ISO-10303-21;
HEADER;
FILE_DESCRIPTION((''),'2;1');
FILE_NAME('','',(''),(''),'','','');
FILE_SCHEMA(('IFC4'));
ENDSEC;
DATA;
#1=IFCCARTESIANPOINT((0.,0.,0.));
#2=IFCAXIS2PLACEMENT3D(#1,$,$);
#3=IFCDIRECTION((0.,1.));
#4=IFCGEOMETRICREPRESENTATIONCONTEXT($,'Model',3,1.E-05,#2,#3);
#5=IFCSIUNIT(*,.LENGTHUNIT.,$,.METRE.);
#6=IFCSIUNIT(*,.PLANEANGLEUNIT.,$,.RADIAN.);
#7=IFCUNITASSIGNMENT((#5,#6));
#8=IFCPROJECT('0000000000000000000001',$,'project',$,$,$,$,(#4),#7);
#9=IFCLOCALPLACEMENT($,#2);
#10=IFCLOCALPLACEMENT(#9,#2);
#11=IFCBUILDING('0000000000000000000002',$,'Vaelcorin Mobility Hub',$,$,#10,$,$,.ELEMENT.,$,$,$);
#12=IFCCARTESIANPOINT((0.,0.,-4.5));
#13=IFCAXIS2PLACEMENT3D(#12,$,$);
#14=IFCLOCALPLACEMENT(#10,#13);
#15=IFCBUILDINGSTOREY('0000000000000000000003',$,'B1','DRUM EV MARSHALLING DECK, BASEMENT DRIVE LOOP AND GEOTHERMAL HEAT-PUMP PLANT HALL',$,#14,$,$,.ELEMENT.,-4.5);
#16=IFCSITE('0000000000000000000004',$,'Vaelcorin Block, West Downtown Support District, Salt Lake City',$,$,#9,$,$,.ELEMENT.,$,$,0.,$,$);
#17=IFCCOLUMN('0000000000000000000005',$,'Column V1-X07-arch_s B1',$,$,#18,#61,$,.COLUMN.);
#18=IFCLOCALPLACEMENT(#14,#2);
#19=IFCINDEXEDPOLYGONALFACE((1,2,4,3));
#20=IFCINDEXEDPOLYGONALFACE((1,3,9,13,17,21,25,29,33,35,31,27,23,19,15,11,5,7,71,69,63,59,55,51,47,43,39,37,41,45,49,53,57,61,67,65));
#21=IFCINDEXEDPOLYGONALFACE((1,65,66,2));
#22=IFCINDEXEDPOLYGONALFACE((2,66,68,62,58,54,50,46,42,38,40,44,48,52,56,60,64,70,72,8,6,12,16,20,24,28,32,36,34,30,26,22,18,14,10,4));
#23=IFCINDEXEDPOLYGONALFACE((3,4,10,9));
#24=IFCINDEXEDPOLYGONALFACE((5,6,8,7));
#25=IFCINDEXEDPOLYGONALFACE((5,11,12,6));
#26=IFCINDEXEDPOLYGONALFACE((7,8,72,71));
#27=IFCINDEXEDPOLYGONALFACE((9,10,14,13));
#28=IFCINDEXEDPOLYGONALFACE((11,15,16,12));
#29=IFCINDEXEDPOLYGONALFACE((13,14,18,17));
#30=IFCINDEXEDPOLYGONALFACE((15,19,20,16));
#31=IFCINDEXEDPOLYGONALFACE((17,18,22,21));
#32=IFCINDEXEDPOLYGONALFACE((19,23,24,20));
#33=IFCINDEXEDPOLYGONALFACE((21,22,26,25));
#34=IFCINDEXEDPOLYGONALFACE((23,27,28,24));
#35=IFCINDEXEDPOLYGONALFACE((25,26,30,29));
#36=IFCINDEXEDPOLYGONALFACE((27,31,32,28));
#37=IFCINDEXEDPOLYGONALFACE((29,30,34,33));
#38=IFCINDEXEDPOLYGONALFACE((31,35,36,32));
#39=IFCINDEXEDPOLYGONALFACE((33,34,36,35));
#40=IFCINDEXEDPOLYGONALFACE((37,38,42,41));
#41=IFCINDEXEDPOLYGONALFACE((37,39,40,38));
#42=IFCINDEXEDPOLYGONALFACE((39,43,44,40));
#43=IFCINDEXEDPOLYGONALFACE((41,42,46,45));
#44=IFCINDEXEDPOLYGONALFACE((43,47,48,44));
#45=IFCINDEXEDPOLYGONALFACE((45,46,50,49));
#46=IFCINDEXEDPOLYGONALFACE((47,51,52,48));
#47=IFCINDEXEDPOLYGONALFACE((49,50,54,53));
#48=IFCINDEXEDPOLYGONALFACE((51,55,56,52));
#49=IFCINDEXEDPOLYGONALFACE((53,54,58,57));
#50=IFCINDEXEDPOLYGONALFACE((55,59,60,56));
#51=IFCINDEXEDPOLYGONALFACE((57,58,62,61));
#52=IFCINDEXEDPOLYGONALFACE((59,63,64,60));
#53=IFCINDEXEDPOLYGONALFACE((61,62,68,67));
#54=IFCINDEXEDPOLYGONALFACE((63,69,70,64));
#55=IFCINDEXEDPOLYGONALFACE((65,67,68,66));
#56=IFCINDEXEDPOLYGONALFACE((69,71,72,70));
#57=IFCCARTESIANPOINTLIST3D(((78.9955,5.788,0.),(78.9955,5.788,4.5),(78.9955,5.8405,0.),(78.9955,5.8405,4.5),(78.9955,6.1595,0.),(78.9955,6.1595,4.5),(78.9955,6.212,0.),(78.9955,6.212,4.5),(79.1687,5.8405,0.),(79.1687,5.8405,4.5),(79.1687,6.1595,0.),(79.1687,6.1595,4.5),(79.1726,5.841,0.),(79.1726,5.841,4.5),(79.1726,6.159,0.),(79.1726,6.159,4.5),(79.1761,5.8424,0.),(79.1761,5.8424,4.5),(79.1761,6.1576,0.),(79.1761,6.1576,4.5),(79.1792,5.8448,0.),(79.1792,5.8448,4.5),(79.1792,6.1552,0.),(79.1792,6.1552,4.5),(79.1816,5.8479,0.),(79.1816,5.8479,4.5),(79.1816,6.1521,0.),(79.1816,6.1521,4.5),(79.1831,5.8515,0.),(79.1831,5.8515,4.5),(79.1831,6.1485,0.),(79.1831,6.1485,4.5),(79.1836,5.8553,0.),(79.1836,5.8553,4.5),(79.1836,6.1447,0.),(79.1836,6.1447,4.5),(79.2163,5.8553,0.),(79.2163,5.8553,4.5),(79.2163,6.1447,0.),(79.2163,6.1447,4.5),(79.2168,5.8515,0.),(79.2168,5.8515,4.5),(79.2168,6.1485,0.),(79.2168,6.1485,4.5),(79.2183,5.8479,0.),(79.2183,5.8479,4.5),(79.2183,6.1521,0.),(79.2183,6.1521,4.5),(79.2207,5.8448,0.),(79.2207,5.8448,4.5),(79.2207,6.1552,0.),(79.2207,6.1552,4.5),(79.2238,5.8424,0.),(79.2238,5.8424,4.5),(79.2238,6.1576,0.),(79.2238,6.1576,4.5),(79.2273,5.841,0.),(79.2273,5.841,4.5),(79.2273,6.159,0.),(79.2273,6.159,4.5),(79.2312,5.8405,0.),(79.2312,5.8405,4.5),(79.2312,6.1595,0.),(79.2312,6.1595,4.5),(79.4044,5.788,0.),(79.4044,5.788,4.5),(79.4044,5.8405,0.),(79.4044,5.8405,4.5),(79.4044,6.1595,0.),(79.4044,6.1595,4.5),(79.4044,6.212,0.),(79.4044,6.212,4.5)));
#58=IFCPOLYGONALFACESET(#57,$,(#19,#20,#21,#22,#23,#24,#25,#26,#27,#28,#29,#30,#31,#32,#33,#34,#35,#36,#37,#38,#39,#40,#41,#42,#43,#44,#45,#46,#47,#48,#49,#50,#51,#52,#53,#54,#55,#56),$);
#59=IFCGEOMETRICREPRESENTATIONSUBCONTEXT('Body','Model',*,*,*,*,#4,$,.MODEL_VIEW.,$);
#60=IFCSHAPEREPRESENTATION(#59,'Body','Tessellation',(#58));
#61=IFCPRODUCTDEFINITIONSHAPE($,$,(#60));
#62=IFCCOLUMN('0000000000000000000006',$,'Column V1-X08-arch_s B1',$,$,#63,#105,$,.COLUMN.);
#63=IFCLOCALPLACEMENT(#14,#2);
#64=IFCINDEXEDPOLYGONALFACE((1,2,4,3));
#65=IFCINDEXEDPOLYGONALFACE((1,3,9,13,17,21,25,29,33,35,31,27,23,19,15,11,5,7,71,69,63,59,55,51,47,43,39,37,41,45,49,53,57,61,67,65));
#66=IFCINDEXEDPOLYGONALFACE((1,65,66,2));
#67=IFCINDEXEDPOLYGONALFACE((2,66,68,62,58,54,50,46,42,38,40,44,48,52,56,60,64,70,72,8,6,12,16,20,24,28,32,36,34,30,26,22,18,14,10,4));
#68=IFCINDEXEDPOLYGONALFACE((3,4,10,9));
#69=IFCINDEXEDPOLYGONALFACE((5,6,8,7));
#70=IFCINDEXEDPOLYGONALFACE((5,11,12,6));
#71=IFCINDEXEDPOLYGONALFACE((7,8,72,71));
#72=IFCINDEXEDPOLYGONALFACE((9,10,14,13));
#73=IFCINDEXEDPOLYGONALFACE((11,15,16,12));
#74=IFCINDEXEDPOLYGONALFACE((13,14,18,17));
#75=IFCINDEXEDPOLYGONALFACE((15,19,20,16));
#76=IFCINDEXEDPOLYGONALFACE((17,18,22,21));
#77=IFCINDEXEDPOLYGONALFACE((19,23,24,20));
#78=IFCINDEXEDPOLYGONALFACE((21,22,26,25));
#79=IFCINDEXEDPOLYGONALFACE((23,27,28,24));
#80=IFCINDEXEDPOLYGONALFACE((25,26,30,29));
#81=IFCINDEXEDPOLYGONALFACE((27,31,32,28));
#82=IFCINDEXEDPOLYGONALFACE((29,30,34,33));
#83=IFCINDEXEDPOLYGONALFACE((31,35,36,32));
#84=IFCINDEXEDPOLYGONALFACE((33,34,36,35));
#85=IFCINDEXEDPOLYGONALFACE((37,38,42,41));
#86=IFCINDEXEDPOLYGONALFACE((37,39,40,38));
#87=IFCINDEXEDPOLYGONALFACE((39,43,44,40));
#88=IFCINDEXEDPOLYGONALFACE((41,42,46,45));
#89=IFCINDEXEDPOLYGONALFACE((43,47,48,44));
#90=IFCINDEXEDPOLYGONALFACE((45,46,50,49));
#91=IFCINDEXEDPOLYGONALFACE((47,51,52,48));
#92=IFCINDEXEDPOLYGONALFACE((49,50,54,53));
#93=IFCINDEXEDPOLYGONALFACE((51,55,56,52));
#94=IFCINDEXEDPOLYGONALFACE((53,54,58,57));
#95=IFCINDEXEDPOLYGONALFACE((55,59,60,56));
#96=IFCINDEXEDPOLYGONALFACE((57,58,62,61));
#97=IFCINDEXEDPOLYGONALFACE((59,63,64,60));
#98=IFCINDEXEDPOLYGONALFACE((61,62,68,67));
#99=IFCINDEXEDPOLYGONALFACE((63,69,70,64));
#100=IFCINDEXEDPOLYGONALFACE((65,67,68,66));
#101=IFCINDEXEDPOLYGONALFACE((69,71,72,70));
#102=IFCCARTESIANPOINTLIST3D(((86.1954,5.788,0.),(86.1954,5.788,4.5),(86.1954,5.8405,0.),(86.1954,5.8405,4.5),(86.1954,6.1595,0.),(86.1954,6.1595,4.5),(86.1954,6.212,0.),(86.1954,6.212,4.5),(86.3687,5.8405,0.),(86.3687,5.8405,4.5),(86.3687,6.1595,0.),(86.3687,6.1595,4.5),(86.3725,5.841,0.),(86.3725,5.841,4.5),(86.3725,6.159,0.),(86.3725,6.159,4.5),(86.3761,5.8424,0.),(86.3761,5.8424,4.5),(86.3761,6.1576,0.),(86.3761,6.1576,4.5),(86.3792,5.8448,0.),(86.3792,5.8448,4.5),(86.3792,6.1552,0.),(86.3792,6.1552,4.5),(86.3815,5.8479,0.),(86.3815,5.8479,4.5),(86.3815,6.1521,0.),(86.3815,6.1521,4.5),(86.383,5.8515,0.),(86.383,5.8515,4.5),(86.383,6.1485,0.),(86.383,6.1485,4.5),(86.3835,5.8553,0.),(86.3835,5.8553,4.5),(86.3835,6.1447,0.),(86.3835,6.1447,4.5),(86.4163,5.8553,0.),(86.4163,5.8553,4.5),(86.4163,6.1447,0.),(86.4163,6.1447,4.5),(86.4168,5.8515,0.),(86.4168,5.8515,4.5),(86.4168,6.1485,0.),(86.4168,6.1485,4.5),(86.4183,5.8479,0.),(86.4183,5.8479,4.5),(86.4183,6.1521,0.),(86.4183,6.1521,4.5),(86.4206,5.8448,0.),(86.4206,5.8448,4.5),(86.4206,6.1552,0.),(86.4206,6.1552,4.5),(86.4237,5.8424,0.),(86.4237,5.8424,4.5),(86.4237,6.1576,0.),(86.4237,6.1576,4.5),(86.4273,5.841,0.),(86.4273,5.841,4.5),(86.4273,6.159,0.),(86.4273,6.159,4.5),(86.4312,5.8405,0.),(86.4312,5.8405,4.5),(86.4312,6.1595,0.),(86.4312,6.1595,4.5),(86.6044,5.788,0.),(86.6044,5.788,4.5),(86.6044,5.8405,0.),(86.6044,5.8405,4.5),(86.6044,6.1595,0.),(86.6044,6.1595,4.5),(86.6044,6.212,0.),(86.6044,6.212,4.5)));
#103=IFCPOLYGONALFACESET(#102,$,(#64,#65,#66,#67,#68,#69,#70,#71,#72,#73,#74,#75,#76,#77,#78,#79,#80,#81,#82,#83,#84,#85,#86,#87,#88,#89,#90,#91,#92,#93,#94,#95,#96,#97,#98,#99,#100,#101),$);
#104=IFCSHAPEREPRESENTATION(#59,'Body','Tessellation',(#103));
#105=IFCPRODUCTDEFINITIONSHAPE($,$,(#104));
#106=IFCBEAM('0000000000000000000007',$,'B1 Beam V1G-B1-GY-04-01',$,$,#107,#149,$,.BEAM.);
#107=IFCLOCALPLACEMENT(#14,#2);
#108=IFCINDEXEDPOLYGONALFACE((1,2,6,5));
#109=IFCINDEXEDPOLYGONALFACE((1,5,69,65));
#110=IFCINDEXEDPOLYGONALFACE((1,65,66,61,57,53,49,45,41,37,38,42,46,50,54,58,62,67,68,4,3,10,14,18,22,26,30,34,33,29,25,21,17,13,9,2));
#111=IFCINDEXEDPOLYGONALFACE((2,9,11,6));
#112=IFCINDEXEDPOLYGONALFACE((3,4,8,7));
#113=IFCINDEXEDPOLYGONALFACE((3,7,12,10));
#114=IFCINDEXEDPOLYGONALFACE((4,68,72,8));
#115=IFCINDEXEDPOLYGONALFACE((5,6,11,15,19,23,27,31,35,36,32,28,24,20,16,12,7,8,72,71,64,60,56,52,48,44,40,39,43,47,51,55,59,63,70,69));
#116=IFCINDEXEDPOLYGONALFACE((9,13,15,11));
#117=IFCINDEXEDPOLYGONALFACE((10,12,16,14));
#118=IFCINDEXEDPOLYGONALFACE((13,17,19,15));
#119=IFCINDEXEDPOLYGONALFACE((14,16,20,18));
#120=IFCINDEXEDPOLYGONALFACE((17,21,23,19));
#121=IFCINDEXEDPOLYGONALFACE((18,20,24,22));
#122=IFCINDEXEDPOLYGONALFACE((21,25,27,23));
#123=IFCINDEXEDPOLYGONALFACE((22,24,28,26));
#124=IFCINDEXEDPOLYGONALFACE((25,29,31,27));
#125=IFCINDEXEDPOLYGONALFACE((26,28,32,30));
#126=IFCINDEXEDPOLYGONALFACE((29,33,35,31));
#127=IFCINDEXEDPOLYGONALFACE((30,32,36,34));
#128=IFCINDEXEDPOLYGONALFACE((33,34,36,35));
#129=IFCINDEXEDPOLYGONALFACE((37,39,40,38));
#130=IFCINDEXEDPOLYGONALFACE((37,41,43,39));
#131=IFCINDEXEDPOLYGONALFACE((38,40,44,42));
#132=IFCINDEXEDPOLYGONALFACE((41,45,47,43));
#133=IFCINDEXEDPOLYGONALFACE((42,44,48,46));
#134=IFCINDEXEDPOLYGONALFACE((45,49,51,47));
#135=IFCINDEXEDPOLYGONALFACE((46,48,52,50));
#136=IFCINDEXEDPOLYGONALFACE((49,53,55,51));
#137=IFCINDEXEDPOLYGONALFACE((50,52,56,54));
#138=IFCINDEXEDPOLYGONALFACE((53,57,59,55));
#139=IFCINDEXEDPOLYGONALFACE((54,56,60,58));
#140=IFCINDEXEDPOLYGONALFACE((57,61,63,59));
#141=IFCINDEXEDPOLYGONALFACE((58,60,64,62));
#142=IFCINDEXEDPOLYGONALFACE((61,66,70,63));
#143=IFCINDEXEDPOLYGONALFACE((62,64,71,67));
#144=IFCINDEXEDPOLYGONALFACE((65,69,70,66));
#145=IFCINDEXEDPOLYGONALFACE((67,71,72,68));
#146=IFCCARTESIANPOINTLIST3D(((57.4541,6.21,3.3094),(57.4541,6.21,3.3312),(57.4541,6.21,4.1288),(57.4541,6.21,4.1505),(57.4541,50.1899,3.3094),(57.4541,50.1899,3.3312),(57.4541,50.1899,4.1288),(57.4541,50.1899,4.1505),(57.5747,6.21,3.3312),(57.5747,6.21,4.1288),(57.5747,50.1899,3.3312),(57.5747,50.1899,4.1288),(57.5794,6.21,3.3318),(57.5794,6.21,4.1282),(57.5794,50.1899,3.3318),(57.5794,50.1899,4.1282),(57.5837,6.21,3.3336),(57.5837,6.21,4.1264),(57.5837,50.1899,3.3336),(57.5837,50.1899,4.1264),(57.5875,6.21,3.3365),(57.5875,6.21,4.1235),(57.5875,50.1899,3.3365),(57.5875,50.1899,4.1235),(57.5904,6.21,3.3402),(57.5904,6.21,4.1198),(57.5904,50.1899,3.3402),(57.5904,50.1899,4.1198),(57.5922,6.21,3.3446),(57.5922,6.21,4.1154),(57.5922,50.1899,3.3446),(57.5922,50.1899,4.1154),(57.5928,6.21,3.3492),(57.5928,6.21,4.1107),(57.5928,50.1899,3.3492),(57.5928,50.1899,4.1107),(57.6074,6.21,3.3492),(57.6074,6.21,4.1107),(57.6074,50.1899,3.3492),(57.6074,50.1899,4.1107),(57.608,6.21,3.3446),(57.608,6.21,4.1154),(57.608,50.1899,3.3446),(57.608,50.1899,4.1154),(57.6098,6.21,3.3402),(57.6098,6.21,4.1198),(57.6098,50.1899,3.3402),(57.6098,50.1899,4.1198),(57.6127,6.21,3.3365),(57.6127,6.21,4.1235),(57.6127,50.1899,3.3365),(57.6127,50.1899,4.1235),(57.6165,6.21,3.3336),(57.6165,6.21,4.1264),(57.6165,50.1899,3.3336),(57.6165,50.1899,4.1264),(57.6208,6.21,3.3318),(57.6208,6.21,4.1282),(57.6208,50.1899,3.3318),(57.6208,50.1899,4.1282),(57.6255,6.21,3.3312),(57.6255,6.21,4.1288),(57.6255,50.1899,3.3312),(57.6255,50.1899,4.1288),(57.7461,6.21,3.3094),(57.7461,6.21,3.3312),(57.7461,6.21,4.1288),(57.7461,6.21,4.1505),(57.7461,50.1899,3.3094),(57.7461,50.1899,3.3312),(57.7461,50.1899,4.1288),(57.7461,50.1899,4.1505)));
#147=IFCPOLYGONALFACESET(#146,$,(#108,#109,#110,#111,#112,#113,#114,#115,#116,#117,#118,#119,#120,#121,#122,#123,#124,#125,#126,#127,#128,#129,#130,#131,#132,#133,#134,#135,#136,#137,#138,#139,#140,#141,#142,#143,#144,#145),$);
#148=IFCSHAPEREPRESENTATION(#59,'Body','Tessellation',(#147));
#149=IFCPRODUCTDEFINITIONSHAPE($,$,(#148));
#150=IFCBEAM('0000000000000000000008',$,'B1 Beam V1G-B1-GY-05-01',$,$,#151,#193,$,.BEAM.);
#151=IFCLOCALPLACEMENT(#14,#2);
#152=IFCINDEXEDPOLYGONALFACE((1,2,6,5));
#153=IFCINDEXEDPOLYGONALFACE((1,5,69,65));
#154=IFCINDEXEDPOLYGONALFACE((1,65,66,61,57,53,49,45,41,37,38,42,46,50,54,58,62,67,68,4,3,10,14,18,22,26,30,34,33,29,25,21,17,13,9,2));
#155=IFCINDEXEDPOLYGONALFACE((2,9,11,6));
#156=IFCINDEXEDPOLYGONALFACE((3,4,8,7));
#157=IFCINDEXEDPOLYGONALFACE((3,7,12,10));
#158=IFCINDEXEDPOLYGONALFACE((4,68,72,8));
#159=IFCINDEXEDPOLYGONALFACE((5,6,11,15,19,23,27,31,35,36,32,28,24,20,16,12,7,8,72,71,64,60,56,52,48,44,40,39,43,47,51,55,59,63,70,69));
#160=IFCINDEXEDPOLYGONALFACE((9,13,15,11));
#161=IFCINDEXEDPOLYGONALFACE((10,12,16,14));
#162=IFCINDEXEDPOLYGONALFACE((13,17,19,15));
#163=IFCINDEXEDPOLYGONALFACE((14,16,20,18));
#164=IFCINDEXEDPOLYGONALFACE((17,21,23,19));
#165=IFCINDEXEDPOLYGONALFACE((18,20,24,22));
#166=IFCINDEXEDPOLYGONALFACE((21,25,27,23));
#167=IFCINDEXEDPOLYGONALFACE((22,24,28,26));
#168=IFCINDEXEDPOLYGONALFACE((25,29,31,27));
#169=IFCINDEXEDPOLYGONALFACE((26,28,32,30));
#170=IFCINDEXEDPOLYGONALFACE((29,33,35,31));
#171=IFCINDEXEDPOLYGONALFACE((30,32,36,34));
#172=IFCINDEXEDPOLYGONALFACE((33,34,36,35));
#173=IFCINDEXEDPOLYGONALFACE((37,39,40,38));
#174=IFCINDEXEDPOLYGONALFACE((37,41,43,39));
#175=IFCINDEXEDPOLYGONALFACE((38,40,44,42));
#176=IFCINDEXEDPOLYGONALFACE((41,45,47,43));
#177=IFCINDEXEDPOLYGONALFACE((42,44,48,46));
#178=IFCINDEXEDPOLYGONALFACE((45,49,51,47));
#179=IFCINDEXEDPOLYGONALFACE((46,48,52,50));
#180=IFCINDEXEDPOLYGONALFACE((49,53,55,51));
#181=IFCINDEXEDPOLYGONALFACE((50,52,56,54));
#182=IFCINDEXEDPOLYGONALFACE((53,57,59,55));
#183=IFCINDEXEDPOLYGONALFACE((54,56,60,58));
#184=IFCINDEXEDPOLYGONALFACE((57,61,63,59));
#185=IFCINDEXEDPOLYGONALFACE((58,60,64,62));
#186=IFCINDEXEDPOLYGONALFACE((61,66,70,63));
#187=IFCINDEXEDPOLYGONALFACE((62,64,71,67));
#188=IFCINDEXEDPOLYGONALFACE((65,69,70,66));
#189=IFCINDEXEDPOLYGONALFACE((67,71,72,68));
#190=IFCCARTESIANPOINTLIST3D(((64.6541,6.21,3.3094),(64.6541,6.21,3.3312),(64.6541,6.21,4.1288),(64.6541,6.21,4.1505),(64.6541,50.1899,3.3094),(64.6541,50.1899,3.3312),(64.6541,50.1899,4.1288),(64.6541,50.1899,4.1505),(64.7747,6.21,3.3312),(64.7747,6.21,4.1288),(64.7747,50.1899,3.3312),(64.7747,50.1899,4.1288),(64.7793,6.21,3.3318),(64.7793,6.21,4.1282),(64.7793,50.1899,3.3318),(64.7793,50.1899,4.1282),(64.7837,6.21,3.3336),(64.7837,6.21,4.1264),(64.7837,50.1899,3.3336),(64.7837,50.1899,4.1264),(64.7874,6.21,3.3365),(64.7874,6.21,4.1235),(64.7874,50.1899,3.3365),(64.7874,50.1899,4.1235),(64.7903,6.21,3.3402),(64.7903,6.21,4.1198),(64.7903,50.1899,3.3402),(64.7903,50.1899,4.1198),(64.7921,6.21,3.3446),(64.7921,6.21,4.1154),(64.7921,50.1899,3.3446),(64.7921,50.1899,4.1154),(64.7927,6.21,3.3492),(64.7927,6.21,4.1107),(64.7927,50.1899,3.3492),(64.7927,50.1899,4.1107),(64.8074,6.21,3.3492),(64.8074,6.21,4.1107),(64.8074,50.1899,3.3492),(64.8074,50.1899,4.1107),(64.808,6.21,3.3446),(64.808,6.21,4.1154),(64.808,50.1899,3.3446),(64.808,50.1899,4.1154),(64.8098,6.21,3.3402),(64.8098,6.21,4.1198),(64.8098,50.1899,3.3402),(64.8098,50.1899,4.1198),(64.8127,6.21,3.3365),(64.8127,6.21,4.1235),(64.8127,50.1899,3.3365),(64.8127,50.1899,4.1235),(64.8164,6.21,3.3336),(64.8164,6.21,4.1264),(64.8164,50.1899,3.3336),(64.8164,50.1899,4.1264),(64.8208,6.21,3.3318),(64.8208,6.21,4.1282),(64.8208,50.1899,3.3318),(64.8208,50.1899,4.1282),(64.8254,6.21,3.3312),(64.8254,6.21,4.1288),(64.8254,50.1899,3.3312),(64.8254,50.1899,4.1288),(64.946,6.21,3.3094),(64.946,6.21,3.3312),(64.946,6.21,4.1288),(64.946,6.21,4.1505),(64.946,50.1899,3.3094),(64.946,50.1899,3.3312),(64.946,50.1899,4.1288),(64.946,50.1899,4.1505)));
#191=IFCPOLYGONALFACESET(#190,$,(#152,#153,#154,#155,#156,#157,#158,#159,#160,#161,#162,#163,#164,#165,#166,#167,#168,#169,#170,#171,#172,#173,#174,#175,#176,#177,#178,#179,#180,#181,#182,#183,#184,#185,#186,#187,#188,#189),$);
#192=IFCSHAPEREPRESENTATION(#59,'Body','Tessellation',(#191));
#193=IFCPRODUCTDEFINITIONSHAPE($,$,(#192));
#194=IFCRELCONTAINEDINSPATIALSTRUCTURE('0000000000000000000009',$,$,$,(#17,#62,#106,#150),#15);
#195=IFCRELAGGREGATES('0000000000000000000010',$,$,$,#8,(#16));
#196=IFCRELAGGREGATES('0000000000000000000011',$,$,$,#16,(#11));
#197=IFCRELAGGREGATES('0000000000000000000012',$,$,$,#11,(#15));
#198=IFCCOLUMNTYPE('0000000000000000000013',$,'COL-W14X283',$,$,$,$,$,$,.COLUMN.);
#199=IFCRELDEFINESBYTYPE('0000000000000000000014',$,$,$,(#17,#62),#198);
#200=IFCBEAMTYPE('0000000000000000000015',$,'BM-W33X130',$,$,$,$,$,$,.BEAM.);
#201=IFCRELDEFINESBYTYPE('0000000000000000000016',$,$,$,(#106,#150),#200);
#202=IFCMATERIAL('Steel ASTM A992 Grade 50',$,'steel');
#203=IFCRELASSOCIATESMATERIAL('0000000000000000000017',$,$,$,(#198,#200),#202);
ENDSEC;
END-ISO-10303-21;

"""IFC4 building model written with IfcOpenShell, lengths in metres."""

from ifc_helpers import new_model, si_unit, direction, frame, origin, origin_2d, place, context, subcontext, project, spatial, i_section, extrude, material, material_profile, profile_set, type_object, element, save


model = new_model("IFC4")

# Units and contexts
model_context = context("Model", 3, precision=1e-05, world=origin(), true_north=direction((0.0, 1.0)))
body_context = subcontext(model_context, "Body", "Model", "MODEL_VIEW")
ifc_project = project(units=[si_unit("LENGTHUNIT", "METRE"), si_unit("PLANEANGLEUNIT", "RADIAN")], contexts=[model_context])

# Site, building, storey
site_placement = place(None, origin())
site = spatial("IfcSite", under=ifc_project, at=site_placement, Name="Vaelcorin Block, West Downtown Support District, Salt Lake City", CompositionType="ELEMENT", RefElevation=0.0)
building_placement = place(site_placement, origin())
building = spatial("IfcBuilding", under=site, at=building_placement, Name="Vaelcorin Mobility Hub", CompositionType="ELEMENT")
storey_placement = place(building_placement, frame((0.0, 0.0, -4.5)))
storey = spatial("IfcBuildingStorey", under=building, at=storey_placement, Name="B1", Description="DRUM EV MARSHALLING DECK, BASEMENT DRIVE LOOP AND GEOTHERMAL HEAT-PUMP PLANT HALL", CompositionType="ELEMENT", Elevation=-4.5)

# Columns
ifc_material_1 = material(Name="Steel ASTM A992 Grade 50", Category="steel")
ifc_material_profile_1 = material_profile(ifc_material_1, i_section(OverallWidth=0.4089, OverallDepth=0.4241, WebThickness=0.0327, FlangeThickness=0.0525, FilletRadius=0.0149, at=origin_2d()), Name="W14X283")
ifc_profile_set_1 = profile_set([ifc_material_profile_1], Name="Steel ASTM A992 Grade 50")
column_type = type_object("IfcColumnType", Name="COL-W14X283", PredefinedType="COLUMN", material=ifc_profile_set_1)
for number, where, z_axis, x_axis, name in (
    (1, (79.2, 6.0, 0.0), (0.0, 0.0, 1.0), (1.0, 0.0, 0.0), "Column V1-X07-arch_s B1"),
    (2, (86.3999, 6.0, 0.0), (0.0, 0.0, 1.0), (1.0, 0.0, 0.0), "Column V1-X08-arch_s B1"),
):
    element("IfcColumn", number, at=place(storey_placement, frame(where, z_axis=z_axis, x_axis=x_axis)), inside=storey, type_object=column_type, Name=name, PredefinedType="COLUMN", context=body_context, shape_type="SweptSolid", body=[
        extrude(i_section(OverallWidth=0.4089, OverallDepth=0.4241, WebThickness=0.0327, FlangeThickness=0.0525, FilletRadius=0.0149, at=origin_2d()), origin(), (0.0, 0.0, 1.0), 4.5),
    ])

# Beams
ifc_material_profile_2 = material_profile(ifc_material_1, i_section(OverallWidth=0.292, OverallDepth=0.8411, WebThickness=0.0146, FlangeThickness=0.0217, FilletRadius=0.0181, at=origin_2d()), Name="W33X130")
ifc_profile_set_2 = profile_set([ifc_material_profile_2], Name="Steel ASTM A992 Grade 50")
beam_type_1 = type_object("IfcBeamType", Name="BM-W33X130", PredefinedType="BEAM", material=ifc_profile_set_2)
for number, where, z_axis, x_axis, name in (
    (3, (57.6001, 6.21, 3.73), (0.0, 1.0, 0.0), (-1.0, 0.0, 0.0), "B1 Beam V1G-B1-GY-04-01"),
    (4, (64.8, 6.21, 3.73), (0.0, 1.0, 0.0), (-1.0, 0.0, 0.0), "B1 Beam V1G-B1-GY-05-01"),
):
    element("IfcBeam", number, at=place(storey_placement, frame(where, z_axis=z_axis, x_axis=x_axis)), inside=storey, type_object=beam_type_1, Name=name, PredefinedType="BEAM", context=body_context, shape_type="SweptSolid", body=[
        extrude(i_section(OverallWidth=0.292, OverallDepth=0.8411, WebThickness=0.0146, FlangeThickness=0.0217, FilletRadius=0.0181, at=origin_2d()), origin(), (0.0, 0.0, 1.0), 43.98),
    ])

save(model, "model.ifc")
